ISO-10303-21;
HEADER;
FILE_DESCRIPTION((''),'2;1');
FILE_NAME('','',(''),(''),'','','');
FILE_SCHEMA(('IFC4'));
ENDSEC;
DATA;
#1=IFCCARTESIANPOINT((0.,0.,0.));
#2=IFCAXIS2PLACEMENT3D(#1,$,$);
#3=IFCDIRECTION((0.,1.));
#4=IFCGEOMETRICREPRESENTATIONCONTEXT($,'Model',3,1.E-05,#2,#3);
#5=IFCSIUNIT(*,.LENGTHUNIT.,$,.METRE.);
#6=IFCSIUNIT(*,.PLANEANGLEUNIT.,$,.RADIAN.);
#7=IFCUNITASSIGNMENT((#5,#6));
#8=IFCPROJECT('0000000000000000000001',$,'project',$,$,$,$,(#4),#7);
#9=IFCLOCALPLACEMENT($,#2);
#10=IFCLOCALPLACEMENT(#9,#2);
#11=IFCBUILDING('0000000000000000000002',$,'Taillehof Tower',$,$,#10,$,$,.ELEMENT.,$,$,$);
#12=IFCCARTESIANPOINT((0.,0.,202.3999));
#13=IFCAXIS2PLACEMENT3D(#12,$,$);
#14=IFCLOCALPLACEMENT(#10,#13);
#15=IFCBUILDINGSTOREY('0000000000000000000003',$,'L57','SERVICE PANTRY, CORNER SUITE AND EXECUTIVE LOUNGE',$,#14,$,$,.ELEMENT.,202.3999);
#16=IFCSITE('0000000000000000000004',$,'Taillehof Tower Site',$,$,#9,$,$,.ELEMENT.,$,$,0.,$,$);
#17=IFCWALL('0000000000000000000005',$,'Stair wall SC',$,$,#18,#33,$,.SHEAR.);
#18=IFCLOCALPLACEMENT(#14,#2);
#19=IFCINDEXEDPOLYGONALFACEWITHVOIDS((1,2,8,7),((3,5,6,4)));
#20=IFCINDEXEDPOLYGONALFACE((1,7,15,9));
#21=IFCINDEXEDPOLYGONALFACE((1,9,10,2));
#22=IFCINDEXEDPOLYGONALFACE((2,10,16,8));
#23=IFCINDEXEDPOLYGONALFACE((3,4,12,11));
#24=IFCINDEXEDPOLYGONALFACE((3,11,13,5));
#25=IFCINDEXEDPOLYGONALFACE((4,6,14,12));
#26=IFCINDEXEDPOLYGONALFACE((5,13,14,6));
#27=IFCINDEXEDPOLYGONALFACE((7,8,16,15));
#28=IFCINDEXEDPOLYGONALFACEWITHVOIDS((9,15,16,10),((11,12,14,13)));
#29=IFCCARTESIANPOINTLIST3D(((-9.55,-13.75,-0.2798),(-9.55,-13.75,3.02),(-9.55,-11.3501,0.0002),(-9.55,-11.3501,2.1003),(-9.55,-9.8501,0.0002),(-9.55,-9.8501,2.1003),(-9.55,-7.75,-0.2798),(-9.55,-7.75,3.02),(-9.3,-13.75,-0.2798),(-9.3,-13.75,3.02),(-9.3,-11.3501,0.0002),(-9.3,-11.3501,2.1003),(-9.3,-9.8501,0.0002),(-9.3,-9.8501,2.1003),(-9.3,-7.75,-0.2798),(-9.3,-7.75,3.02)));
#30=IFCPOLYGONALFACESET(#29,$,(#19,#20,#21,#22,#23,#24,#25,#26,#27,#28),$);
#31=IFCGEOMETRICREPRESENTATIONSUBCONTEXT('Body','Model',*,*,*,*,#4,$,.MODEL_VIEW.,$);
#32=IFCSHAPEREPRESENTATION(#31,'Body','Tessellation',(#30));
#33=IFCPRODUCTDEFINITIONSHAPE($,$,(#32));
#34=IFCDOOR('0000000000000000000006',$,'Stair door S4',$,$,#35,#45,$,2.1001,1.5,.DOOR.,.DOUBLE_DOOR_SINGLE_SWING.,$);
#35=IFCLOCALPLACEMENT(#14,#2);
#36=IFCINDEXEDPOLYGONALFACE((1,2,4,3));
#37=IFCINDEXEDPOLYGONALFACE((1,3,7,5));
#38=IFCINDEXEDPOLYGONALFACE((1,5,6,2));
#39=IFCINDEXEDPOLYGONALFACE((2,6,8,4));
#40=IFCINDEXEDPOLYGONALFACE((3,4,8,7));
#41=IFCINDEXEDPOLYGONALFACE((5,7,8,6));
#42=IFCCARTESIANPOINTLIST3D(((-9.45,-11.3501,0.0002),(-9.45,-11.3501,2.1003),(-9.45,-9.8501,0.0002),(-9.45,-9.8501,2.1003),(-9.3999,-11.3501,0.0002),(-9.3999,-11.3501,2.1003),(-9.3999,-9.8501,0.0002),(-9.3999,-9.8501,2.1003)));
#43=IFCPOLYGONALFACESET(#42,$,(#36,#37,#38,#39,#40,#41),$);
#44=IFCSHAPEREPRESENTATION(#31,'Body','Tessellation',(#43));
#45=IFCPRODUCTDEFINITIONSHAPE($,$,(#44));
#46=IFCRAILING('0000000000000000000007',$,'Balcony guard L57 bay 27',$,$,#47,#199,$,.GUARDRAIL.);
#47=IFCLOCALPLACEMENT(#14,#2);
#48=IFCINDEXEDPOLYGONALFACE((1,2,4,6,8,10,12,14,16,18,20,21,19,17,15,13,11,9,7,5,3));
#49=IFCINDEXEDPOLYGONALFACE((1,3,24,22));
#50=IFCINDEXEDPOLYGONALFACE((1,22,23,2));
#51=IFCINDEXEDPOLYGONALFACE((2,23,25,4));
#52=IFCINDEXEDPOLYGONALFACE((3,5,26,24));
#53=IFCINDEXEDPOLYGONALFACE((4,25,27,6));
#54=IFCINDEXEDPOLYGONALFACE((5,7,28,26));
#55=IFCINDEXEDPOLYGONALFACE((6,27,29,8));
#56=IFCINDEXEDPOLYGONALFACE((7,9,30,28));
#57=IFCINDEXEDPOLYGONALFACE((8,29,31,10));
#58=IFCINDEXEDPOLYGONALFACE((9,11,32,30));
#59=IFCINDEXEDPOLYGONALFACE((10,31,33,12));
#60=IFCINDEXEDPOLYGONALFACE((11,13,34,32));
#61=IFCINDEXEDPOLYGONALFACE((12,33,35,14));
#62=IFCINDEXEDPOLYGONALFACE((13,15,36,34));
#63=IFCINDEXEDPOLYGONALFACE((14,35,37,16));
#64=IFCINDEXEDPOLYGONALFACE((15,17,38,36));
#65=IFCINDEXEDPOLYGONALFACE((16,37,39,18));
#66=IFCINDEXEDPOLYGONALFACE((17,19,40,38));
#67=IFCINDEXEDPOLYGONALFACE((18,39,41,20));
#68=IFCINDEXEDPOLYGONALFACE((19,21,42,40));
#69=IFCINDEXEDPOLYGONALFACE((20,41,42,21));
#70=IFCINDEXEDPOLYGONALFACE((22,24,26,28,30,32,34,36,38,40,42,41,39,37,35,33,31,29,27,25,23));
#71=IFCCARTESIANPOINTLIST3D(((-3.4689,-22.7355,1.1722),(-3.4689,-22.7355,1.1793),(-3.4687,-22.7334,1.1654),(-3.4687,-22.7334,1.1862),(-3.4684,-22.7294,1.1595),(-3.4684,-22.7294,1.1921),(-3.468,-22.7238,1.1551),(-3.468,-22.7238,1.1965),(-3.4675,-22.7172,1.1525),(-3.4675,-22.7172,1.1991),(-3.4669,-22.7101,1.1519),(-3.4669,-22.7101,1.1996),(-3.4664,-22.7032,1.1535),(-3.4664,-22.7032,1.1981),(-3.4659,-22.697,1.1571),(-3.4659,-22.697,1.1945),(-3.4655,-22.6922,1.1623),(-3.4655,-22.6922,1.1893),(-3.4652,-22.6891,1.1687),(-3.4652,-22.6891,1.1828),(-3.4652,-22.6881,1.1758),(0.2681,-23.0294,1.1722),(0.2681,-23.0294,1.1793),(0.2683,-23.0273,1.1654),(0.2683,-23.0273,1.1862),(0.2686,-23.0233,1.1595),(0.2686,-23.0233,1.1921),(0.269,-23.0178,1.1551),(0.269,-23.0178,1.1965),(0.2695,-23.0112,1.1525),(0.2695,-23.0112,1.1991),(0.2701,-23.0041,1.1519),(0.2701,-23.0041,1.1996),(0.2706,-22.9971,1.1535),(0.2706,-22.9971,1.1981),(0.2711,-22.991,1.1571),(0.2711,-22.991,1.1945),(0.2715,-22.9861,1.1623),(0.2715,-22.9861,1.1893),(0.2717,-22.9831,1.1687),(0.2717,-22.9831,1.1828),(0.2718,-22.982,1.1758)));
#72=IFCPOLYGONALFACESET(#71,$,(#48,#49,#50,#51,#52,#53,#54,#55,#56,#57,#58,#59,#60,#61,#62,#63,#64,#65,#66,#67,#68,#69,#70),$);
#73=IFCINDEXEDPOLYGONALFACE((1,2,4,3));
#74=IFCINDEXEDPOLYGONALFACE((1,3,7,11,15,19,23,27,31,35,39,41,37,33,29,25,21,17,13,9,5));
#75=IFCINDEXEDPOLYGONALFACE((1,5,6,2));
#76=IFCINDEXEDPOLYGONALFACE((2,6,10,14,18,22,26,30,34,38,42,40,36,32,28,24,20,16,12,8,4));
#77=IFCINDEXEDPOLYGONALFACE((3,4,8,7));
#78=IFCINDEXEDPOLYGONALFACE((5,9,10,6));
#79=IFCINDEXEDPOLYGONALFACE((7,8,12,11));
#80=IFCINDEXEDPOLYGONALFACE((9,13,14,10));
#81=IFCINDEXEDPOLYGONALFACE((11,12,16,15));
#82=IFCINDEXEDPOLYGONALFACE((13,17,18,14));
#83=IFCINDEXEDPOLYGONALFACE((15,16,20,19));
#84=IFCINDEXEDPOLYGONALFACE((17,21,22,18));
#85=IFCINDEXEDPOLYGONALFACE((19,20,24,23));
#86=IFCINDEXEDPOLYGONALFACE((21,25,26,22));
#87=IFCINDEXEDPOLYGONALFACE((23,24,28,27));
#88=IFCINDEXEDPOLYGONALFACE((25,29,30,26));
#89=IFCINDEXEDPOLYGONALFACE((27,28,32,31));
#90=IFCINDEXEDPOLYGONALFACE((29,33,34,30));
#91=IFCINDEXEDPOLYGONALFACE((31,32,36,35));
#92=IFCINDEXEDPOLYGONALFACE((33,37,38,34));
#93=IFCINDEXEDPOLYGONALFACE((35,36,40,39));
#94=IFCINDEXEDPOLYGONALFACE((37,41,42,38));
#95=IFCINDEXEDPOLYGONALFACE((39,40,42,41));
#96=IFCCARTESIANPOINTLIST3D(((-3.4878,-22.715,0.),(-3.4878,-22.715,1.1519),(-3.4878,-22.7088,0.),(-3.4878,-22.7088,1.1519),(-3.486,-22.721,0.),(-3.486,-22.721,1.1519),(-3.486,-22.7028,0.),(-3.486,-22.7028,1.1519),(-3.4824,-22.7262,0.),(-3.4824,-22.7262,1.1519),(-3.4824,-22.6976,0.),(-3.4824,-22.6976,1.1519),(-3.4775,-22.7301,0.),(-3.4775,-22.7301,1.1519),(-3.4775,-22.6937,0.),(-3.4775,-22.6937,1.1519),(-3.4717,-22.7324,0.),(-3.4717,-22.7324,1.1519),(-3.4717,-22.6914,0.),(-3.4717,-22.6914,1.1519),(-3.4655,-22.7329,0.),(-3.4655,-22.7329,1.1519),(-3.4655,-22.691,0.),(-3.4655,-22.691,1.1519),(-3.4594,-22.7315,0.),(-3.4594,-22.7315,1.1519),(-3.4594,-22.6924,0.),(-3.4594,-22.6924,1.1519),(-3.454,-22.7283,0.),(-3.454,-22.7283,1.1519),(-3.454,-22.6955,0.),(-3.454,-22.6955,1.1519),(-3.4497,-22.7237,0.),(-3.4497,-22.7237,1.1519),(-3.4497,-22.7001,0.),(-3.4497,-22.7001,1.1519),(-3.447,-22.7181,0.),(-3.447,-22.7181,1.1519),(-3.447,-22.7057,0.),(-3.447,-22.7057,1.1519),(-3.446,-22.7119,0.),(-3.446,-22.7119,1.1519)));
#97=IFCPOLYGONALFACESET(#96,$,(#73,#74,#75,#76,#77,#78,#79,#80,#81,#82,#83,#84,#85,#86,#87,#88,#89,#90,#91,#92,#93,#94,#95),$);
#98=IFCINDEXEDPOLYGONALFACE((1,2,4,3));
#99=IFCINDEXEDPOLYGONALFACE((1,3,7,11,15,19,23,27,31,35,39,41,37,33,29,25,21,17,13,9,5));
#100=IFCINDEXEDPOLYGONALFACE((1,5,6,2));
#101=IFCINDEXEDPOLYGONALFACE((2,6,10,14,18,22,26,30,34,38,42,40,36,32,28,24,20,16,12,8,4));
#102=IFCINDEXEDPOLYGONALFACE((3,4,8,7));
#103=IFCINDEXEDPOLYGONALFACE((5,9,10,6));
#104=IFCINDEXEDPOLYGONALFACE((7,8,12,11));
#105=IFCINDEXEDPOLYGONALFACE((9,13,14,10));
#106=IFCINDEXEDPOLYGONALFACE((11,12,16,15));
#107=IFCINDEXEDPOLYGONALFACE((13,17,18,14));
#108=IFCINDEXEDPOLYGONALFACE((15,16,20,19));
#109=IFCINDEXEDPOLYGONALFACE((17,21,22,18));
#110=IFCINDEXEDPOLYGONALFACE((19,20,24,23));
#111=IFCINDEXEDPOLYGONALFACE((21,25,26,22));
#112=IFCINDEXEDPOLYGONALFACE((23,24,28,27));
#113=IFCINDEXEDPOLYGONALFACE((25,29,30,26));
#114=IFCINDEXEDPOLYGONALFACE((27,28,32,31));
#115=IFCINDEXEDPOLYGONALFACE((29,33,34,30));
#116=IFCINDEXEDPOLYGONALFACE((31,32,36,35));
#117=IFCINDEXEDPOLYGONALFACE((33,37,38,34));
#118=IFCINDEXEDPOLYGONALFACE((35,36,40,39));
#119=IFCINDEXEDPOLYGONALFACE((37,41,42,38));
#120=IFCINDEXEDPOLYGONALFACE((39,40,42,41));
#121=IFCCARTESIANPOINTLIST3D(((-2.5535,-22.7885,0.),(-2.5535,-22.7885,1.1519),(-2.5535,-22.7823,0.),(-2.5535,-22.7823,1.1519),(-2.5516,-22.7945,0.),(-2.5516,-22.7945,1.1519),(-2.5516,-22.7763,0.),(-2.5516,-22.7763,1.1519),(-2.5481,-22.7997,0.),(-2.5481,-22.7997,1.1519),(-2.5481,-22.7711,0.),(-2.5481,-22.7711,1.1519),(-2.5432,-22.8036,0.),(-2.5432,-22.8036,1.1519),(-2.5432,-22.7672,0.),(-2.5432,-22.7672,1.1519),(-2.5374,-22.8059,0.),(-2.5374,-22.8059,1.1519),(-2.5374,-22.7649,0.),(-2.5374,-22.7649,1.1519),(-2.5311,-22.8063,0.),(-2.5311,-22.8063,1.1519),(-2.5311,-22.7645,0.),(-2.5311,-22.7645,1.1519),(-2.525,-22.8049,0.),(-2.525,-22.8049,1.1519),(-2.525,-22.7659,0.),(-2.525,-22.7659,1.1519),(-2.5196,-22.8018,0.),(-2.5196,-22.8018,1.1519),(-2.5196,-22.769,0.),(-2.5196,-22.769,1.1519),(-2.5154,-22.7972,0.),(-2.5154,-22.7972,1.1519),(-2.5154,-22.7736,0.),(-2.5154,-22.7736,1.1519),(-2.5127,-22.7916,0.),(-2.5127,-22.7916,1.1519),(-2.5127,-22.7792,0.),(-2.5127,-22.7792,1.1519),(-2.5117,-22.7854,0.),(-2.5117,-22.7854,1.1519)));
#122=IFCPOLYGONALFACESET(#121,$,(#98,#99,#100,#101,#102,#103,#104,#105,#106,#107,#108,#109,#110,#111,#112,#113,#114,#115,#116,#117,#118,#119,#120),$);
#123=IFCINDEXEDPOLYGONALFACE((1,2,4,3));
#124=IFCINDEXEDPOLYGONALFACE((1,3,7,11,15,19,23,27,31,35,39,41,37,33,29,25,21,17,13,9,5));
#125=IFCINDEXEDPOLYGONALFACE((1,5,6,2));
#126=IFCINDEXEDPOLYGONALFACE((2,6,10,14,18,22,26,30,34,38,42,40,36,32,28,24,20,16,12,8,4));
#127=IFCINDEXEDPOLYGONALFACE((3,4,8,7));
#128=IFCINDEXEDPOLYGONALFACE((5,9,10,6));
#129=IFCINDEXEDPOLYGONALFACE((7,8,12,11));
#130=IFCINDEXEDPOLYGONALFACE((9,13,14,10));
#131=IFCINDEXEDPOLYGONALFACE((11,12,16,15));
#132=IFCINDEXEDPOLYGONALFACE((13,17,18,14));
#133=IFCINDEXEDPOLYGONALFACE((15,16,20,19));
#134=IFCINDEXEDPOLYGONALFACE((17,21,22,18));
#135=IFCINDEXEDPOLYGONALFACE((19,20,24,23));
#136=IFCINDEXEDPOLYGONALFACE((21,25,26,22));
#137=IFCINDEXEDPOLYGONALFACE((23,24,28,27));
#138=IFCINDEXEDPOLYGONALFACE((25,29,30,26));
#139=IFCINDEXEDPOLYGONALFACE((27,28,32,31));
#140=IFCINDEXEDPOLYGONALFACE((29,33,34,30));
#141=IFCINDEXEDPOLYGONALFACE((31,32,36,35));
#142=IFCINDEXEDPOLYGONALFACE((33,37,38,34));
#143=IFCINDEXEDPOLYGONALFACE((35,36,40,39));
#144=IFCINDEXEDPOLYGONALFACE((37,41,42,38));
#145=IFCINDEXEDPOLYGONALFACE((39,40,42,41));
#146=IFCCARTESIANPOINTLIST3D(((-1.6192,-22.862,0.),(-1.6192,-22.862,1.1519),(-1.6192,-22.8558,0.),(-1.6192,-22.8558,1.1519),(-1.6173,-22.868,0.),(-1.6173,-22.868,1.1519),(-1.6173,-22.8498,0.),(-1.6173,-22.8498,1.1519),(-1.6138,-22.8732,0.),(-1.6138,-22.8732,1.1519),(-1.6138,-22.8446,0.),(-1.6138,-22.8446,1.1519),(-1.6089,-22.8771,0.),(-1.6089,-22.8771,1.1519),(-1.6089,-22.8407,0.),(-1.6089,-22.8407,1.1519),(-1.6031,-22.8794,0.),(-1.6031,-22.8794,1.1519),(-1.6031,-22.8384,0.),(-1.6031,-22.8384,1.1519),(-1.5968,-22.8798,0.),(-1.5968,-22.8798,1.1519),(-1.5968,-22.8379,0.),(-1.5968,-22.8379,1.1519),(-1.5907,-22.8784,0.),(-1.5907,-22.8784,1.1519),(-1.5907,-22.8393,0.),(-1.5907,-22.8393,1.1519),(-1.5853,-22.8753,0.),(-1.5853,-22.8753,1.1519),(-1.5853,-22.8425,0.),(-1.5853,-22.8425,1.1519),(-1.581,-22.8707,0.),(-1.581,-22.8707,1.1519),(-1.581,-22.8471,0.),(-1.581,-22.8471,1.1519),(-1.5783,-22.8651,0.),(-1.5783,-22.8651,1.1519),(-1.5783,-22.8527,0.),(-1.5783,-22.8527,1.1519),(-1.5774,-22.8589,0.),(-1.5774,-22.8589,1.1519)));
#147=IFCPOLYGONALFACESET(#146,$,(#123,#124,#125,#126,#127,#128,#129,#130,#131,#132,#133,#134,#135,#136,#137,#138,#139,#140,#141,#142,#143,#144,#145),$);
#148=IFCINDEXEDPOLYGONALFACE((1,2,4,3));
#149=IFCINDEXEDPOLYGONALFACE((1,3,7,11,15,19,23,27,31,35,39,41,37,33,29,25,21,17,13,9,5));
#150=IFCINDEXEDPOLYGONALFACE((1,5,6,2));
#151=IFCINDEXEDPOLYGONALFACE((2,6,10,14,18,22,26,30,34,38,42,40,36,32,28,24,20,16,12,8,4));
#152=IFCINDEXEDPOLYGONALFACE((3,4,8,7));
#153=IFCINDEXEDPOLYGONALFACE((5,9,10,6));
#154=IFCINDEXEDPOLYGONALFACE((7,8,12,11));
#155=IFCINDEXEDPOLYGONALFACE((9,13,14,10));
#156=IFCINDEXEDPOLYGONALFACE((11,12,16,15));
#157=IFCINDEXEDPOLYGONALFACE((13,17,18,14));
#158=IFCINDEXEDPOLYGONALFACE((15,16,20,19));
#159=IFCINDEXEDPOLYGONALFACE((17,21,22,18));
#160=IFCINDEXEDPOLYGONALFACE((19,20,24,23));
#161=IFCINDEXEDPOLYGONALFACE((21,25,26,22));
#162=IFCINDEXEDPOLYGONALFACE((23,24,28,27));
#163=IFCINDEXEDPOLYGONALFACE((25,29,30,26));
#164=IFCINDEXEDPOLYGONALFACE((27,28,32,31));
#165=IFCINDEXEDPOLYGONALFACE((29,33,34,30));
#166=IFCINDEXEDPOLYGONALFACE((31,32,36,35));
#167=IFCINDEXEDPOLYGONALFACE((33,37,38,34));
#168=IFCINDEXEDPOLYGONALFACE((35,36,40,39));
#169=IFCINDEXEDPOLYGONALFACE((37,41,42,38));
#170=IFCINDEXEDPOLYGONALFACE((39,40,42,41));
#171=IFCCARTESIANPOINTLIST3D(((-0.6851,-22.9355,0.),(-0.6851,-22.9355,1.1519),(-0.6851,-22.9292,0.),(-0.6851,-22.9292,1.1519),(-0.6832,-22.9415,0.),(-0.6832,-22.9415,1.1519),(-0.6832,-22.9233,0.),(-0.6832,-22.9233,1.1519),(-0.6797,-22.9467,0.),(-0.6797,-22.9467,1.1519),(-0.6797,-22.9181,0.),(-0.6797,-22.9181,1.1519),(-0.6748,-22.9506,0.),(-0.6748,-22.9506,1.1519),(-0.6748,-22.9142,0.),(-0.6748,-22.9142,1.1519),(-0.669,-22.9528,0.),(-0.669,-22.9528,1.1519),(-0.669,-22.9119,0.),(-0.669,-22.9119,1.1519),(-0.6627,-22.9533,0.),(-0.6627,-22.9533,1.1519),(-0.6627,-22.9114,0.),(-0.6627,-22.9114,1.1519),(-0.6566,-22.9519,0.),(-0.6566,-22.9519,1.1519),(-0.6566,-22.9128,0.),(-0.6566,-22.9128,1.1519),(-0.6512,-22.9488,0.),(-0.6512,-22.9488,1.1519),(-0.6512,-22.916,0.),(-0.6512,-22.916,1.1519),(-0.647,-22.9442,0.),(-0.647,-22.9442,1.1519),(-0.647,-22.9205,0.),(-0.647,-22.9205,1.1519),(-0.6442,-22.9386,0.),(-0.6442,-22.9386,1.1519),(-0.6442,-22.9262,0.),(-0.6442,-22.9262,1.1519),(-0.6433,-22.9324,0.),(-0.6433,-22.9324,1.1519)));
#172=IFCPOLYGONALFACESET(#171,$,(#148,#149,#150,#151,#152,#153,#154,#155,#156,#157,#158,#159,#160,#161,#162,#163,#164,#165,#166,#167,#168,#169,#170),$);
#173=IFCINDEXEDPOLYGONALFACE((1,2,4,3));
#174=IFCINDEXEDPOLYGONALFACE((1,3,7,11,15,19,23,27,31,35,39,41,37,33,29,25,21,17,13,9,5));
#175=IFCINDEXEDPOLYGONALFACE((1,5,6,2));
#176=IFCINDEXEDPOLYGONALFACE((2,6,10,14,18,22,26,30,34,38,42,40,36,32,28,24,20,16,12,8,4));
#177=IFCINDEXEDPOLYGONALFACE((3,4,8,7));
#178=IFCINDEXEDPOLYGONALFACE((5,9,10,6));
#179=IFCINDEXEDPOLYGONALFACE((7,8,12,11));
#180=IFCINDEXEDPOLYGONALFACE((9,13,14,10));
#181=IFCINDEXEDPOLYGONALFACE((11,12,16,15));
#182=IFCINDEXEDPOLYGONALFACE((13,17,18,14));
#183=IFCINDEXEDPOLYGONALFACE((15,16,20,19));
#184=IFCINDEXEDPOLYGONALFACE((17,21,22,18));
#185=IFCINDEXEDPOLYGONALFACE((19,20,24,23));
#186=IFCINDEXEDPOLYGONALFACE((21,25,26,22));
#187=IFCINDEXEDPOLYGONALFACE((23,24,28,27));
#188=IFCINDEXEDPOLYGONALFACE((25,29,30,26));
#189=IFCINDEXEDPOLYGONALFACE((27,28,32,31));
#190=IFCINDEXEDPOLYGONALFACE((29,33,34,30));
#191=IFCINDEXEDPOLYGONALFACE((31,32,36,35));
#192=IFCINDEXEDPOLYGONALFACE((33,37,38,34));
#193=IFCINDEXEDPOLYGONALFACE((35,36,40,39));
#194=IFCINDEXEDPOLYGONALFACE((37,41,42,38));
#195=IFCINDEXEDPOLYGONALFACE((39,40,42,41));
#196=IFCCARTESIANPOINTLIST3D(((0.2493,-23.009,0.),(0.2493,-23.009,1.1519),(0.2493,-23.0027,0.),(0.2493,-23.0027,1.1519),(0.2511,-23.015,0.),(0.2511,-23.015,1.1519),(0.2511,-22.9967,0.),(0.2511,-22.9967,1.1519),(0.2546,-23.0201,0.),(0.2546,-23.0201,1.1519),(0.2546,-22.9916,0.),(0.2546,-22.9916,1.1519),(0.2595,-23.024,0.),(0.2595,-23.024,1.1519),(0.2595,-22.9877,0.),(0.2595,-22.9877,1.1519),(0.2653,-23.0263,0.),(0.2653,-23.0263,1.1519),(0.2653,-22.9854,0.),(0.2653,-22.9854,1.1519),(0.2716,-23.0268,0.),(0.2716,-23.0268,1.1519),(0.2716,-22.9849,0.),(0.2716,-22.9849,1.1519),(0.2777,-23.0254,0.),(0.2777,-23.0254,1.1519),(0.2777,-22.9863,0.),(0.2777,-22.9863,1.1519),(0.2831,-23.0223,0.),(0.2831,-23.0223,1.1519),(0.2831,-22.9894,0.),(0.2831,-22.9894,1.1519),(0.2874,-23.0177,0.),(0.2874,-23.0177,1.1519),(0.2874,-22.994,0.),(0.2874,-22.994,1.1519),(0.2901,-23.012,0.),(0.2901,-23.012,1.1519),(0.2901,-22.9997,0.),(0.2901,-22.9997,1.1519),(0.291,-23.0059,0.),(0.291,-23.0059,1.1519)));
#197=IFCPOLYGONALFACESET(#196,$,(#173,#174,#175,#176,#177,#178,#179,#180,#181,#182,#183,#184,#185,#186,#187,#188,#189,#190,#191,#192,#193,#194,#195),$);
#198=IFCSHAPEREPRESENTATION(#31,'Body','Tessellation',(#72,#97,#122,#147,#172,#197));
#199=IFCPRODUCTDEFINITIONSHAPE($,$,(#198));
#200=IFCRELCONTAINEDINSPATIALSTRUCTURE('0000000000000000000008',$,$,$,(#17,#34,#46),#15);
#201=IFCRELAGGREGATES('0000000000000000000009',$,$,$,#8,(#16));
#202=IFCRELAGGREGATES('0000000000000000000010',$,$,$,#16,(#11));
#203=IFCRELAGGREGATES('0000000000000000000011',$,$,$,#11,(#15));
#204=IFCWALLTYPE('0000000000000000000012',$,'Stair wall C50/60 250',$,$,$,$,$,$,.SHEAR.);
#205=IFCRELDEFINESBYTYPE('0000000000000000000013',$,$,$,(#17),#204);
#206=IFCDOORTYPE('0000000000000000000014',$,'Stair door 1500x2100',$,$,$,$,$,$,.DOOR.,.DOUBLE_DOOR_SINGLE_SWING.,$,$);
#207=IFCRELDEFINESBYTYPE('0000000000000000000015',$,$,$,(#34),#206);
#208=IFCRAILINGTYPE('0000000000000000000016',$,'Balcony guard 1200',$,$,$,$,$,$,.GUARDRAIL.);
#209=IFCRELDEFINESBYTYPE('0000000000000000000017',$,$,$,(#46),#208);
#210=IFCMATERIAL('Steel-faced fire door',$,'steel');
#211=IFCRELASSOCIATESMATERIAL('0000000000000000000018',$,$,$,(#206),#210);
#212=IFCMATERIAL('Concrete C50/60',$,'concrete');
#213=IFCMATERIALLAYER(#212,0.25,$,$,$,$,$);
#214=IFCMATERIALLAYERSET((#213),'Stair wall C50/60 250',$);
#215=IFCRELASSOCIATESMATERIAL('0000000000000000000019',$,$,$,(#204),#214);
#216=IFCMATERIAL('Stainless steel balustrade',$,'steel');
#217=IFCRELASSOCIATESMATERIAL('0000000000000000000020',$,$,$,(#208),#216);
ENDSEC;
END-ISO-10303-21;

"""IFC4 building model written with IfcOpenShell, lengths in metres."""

from ifc_helpers import new_model, si_unit, direction, frame, frame_2d, origin, origin_2d, place, context, subcontext, project, spatial, rectangle, circle, extrude, material, layer, layer_set, type_object, element, fill, save


model = new_model("IFC4")

# Units and contexts
model_context = context("Model", 3, precision=1e-05, world=origin(), true_north=direction((0.0, 1.0)))
body_context = subcontext(model_context, "Body", "Model", "MODEL_VIEW")
ifc_project = project(units=[si_unit("LENGTHUNIT", "METRE"), si_unit("PLANEANGLEUNIT", "RADIAN")], contexts=[model_context])

# Site, building, storey
site_placement = place(None, origin())
site = spatial("IfcSite", under=ifc_project, at=site_placement, Name="Taillehof Tower Site", CompositionType="ELEMENT", RefElevation=0.0)
building_placement = place(site_placement, origin())
building = spatial("IfcBuilding", under=site, at=building_placement, Name="Taillehof Tower", CompositionType="ELEMENT")
storey_placement = place(building_placement, frame((0.0, 0.0, 202.3999)))
storey = spatial("IfcBuildingStorey", under=building, at=storey_placement, Name="L57", Description="SERVICE PANTRY, CORNER SUITE AND EXECUTIVE LOUNGE", CompositionType="ELEMENT", Elevation=202.3999)

# Wall, opening, door
ifc_material_1 = material(Name="Steel-faced fire door", Category="steel")
door_type_1 = type_object("IfcDoorType", Name="Stair door 1500x2100", OperationType="DOUBLE_DOOR_SINGLE_SWING", PredefinedType="DOOR", material=ifc_material_1)
ifc_material_2 = material(Name="Concrete C50/60", Category="concrete")
ifc_layer_1 = layer(ifc_material_2, 0.25)
ifc_layer_set_1 = layer_set([ifc_layer_1], Name="Stair wall C50/60 250")
wall_type_1 = type_object("IfcWallType", Name="Stair wall C50/60 250", PredefinedType="SHEAR", material=ifc_layer_set_1)
wall_1_placement = place(storey_placement, frame((-9.425, -13.75, -0.2798), z_axis=(0.0, 0.0, 1.0), x_axis=(0.0, 1.0, 0.0)))
wall_1 = element("IfcWall", 1, at=wall_1_placement, inside=storey, type_object=wall_type_1, Name="Stair wall SC", PredefinedType="SHEAR", context=body_context, shape_type="SweptSolid", body=[
    extrude(rectangle(XDim=6.0, YDim=0.25, at=frame_2d((3.0, 0.0))), origin(), (0.0, 0.0, 1.0), 3.2998),
])
opening_1_placement = place(wall_1_placement, frame((2.3999, 0.0, 0.28)))
opening_1 = element("IfcOpeningElement", 2, at=opening_1_placement, cuts=wall_1, PredefinedType="OPENING", context=body_context, shape_type="SweptSolid", body=[
    extrude(rectangle(XDim=1.5, YDim=2.1001, at=frame_2d((0.75, 1.05))), frame((0.0, 0.135, 0.0), z_axis=(0.0, -1.0, 0.0), x_axis=(1.0, 0.0, 0.0)), (0.0, 0.0, 1.0), 0.27),
])
door_1_placement = place(opening_1_placement, origin())
door_1 = element("IfcDoor", 3, at=door_1_placement, inside=storey, type_object=door_type_1, Name="Stair door S4", OperationType="DOUBLE_DOOR_SINGLE_SWING", OverallHeight=2.1001, OverallWidth=1.5, PredefinedType="DOOR", context=body_context, shape_type="SweptSolid", body=[
    extrude(rectangle(XDim=1.5, YDim=2.1001, at=frame_2d((0.75, 1.05))), frame((0.0, 0.0249, 0.0), z_axis=(0.0, -1.0, 0.0), x_axis=(1.0, 0.0, 0.0)), (0.0, 0.0, 1.0), 0.05),
])
fill(opening_1, door_1)

# Railing
ifc_material_3 = material(Name="Stainless steel balustrade", Category="steel")
railing_type = type_object("IfcRailingType", Name="Balcony guard 1200", PredefinedType="GUARDRAIL", material=ifc_material_3)
railing_placement = place(storey_placement, frame((-3.467, -22.7119, 0.0)))
element("IfcRailing", 4, at=railing_placement, inside=storey, type_object=railing_type, Name="Balcony guard L57 bay 27", PredefinedType="GUARDRAIL", context=body_context, shape_type="SweptSolid", body=[
    extrude(circle(Radius=0.0239, at=origin_2d()), frame((0.0, 0.0, 1.1758), z_axis=(0.996921, -0.078415, 0.0), x_axis=(0.078415, 0.996921, 0.0)), (0.0, 0.0, 1.0), 3.7485),
    extrude(circle(Radius=0.021, at=origin_2d()), origin(), (0.0, 0.0, 1.0), 1.1519),
    extrude(circle(Radius=0.021, at=origin_2d()), frame((0.9343, -0.0735, 0.0)), (0.0, 0.0, 1.0), 1.1519),
    extrude(circle(Radius=0.021, at=origin_2d()), frame((1.8687, -0.147, 0.0)), (0.0, 0.0, 1.0), 1.1519),
    extrude(circle(Radius=0.021, at=origin_2d()), frame((2.8027, -0.2205, 0.0)), (0.0, 0.0, 1.0), 1.1519),
    extrude(circle(Radius=0.021, at=origin_2d()), frame((3.7371, -0.2939, 0.0)), (0.0, 0.0, 1.0), 1.1519),
])

save(model, "model.ifc")
